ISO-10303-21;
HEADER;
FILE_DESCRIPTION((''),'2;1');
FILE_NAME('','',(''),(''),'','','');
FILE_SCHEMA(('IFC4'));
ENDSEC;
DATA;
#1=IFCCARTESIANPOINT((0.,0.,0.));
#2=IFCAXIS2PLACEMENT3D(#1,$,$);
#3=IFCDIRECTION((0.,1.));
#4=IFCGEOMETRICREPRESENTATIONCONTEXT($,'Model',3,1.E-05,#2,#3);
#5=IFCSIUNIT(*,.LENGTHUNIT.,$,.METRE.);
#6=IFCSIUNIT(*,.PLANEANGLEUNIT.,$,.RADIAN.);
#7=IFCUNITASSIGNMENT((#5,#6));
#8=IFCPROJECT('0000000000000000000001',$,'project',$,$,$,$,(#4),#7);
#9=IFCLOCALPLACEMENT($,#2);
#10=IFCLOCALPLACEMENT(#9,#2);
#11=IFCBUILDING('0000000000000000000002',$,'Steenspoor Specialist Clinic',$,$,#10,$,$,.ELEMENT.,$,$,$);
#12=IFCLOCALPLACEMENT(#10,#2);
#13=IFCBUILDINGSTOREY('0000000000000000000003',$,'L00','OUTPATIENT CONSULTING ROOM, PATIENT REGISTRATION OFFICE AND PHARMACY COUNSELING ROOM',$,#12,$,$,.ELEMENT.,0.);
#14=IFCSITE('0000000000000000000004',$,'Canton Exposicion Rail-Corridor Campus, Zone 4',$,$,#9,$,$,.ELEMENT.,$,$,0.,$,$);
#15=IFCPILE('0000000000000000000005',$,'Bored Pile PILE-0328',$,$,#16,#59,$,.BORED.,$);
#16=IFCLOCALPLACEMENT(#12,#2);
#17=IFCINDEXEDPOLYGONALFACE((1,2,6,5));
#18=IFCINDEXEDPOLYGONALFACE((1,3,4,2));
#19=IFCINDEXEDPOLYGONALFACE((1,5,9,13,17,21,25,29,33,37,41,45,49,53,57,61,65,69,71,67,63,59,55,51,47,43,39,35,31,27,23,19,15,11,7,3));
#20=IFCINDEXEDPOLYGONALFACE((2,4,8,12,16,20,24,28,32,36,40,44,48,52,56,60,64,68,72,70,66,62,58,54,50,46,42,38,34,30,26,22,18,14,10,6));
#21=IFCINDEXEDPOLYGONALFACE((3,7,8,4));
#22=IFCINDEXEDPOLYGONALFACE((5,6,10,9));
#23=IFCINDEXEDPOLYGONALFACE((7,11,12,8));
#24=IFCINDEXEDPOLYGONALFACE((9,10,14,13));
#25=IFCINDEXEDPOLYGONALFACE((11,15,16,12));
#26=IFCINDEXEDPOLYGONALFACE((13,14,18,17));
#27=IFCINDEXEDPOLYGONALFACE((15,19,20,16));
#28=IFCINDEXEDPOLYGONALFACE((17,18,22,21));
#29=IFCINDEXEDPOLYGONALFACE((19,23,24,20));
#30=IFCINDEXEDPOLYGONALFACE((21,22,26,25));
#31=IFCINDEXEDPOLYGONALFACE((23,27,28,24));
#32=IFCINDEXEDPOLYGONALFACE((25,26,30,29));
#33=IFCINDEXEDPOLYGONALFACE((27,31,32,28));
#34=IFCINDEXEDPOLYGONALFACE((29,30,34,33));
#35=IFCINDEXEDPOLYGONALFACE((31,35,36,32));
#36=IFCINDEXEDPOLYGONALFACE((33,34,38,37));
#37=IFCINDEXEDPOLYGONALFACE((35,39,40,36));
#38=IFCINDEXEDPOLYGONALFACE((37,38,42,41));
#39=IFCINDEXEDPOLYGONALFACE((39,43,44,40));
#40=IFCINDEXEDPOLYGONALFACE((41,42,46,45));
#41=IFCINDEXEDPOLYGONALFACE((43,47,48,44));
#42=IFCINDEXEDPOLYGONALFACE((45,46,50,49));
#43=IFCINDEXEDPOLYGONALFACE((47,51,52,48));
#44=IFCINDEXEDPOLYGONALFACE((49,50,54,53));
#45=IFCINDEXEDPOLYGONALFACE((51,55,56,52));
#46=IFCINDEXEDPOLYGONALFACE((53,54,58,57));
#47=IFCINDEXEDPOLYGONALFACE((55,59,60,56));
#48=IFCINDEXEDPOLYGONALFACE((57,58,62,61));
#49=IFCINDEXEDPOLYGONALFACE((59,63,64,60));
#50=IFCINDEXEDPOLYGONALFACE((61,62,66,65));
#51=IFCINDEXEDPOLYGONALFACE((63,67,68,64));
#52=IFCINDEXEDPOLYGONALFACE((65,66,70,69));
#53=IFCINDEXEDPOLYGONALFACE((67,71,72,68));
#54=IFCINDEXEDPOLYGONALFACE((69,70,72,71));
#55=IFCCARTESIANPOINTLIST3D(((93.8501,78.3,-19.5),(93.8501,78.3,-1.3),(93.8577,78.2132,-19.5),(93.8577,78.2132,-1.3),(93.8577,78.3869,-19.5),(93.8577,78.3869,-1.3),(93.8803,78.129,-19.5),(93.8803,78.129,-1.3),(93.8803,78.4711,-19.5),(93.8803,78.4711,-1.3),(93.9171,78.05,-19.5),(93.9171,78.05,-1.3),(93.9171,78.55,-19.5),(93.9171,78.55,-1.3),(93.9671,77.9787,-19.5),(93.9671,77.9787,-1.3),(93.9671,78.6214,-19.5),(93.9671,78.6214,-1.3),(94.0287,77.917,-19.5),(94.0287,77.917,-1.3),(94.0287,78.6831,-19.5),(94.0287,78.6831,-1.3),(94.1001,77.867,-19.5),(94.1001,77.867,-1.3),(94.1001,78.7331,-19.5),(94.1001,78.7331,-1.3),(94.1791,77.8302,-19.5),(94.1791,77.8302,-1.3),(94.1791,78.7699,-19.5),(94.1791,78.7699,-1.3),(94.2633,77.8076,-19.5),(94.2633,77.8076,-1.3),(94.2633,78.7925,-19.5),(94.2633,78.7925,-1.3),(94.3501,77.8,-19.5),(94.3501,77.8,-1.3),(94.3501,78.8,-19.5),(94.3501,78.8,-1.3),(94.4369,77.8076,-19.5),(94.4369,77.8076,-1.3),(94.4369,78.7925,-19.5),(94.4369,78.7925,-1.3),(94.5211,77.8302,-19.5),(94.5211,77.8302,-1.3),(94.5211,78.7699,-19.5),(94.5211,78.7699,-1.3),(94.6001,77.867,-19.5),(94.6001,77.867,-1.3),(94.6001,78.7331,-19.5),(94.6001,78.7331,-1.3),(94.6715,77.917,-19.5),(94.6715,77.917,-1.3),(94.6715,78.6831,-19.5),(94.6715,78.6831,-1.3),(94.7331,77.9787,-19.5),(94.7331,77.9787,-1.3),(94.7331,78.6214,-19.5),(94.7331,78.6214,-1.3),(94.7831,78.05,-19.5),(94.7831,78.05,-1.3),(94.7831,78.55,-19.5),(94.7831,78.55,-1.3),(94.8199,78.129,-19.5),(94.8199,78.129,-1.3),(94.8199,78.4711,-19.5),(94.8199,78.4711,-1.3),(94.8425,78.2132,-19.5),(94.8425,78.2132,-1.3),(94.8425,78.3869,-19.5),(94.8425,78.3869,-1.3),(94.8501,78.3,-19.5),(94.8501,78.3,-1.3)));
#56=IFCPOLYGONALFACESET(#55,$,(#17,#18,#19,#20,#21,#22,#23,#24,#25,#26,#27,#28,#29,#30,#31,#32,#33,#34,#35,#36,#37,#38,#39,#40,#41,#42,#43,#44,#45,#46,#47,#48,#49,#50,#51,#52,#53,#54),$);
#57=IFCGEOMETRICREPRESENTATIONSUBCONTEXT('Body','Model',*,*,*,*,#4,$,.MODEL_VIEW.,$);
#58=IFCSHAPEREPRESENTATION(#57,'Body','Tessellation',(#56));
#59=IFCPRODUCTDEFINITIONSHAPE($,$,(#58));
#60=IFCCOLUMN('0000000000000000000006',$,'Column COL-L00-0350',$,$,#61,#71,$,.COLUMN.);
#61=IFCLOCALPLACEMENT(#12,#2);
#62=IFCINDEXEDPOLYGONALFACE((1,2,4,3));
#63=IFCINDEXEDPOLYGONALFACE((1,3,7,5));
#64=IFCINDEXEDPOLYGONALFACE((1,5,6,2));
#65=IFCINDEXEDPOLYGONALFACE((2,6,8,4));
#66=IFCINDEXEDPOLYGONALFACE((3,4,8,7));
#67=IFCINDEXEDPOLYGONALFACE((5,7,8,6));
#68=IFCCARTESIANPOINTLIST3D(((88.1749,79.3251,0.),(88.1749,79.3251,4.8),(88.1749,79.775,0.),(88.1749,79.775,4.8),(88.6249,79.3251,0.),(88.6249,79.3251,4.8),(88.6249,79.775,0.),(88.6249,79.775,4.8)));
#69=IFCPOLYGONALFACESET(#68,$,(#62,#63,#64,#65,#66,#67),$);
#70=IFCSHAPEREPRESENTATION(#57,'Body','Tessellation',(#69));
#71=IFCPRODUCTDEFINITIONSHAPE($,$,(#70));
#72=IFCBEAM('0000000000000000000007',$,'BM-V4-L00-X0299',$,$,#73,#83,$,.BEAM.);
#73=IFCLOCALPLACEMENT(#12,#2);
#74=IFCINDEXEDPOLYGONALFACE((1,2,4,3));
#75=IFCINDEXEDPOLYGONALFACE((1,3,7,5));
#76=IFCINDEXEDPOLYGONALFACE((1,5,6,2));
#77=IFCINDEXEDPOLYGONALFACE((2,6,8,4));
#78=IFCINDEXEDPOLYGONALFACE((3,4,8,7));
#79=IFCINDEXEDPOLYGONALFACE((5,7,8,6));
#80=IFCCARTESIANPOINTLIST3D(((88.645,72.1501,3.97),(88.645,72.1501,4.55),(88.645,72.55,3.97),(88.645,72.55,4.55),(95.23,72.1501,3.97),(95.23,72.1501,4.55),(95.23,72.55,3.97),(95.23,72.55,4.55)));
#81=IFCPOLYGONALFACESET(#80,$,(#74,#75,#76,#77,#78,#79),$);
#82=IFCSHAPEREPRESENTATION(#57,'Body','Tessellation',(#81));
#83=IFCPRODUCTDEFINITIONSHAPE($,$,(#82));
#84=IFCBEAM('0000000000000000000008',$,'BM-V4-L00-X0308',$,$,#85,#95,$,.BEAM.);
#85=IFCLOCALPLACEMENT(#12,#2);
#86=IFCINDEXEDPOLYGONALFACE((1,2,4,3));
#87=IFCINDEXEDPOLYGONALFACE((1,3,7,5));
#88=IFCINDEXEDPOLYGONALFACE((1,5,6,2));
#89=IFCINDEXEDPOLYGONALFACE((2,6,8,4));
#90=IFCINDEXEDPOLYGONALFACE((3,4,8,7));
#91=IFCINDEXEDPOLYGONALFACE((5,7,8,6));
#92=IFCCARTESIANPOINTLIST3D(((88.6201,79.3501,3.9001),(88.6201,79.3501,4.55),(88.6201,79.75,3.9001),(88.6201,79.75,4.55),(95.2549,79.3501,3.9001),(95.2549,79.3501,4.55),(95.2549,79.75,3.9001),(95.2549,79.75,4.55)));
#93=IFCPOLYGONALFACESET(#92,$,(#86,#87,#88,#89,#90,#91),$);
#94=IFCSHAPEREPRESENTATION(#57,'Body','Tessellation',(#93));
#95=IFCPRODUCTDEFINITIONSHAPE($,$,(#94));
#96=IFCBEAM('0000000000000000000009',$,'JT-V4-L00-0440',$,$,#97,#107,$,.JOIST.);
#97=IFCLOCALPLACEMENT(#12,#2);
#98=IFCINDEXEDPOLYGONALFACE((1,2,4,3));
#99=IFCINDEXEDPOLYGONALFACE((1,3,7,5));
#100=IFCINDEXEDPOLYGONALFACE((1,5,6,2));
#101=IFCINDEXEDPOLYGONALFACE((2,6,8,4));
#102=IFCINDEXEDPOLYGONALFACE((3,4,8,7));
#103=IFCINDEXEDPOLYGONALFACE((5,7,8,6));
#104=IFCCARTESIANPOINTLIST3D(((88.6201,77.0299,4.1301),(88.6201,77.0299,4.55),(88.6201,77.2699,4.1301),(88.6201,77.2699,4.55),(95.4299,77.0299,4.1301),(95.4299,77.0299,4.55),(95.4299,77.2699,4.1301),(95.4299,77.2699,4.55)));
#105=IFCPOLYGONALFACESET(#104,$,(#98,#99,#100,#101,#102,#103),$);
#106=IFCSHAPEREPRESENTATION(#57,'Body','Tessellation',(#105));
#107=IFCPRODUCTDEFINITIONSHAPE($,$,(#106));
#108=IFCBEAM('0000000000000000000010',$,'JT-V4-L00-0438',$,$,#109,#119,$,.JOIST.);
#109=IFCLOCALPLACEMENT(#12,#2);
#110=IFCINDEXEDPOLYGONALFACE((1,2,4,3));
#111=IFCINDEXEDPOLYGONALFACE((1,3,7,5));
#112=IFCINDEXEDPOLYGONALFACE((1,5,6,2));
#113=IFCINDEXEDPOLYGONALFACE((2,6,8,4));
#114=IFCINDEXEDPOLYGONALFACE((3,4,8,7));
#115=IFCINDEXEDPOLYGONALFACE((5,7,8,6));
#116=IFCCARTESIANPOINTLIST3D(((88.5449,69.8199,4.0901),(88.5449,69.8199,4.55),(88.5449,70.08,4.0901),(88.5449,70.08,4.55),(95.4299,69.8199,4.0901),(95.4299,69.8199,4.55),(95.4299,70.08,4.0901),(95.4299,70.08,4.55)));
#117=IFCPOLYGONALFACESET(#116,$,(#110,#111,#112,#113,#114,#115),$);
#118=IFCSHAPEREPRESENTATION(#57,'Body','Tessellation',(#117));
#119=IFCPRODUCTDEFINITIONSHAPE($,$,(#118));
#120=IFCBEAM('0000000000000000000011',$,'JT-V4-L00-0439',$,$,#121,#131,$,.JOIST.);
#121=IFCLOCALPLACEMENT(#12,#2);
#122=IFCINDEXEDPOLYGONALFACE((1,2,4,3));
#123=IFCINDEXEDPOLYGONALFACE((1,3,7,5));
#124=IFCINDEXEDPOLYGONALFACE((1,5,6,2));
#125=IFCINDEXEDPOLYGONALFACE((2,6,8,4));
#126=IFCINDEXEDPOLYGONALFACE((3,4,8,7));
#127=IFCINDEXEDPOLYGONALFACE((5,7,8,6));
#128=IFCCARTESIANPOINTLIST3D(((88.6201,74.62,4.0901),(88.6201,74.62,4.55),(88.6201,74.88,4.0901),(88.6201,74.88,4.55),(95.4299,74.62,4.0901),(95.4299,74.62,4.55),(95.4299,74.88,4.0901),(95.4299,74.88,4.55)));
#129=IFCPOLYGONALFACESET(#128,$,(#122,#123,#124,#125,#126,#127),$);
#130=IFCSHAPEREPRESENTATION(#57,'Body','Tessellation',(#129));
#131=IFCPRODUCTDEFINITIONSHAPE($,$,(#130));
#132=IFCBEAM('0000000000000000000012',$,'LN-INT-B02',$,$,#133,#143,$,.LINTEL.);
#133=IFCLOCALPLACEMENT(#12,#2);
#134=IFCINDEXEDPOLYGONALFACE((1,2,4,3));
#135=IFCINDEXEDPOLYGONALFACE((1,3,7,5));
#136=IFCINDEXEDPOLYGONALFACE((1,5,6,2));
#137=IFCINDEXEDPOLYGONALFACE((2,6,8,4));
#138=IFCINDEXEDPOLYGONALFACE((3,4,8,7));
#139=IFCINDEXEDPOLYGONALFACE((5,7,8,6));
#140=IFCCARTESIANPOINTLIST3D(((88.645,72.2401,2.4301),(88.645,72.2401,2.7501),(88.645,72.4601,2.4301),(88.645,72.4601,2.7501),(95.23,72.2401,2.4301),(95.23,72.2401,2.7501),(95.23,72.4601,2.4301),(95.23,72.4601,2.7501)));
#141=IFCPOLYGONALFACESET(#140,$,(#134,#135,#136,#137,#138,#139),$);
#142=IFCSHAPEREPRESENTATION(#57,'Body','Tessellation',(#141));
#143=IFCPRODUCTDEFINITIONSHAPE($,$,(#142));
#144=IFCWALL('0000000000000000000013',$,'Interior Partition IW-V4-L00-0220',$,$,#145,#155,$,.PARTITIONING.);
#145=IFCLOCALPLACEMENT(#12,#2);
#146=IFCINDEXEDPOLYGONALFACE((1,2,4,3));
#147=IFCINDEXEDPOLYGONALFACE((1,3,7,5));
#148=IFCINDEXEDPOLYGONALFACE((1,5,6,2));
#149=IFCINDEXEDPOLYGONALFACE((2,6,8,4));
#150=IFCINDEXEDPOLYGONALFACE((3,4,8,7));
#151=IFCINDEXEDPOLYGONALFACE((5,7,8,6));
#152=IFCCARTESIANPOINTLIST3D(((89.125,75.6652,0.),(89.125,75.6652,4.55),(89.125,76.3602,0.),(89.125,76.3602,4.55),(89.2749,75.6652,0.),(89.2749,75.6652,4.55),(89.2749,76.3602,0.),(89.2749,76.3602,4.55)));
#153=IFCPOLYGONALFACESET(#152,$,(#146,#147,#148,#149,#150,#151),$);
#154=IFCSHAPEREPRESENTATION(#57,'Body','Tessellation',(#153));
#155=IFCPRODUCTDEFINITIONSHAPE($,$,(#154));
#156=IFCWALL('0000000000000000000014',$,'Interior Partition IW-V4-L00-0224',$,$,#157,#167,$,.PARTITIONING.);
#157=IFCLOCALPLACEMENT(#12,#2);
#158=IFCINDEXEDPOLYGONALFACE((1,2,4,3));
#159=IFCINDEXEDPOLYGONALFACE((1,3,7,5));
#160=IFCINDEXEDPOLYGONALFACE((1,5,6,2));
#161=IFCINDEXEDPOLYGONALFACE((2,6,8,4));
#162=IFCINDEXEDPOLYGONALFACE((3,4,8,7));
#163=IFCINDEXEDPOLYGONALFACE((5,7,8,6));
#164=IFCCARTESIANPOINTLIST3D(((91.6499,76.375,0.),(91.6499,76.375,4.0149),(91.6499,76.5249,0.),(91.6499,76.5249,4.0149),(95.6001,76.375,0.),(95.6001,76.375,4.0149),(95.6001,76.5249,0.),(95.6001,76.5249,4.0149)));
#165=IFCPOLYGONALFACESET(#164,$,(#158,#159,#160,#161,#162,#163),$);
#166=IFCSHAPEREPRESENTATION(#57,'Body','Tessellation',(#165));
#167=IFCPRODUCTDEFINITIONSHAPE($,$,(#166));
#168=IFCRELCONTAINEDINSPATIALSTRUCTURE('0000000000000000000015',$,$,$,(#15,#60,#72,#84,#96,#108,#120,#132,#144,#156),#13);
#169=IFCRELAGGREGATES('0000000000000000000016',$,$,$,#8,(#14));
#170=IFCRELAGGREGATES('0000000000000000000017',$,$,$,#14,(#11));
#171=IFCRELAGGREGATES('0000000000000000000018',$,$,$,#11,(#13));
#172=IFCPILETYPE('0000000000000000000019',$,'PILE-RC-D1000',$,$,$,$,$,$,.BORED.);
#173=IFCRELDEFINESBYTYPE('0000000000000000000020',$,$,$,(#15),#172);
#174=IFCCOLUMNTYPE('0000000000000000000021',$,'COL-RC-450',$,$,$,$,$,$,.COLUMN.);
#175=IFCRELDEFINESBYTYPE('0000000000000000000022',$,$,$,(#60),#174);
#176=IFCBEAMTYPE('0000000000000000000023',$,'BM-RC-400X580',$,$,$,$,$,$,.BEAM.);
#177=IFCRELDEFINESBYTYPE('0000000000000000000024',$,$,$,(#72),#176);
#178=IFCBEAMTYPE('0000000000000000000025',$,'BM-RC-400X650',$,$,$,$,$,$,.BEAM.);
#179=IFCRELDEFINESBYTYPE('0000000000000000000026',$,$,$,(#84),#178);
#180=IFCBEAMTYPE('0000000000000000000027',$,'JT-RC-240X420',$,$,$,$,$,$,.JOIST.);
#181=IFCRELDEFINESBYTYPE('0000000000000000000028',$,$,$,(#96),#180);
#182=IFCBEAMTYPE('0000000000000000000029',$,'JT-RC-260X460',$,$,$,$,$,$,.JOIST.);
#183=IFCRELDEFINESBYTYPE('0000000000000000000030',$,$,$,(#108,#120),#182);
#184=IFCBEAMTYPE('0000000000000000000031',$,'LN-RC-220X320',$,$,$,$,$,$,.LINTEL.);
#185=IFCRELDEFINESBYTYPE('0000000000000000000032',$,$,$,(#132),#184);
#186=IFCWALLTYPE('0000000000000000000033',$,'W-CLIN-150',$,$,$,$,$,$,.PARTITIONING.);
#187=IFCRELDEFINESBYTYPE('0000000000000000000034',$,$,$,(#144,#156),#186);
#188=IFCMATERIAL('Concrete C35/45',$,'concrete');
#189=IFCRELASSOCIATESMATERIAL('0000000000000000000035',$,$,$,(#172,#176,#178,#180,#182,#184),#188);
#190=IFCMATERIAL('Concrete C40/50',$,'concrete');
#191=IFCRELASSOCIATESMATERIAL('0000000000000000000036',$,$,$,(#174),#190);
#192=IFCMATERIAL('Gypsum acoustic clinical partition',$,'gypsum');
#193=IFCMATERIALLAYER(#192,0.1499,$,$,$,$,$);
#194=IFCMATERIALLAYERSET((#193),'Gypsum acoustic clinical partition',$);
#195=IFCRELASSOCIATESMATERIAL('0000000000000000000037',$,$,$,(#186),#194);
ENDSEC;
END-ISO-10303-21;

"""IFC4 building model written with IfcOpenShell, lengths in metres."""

from ifc_helpers import new_model, si_unit, direction, frame, frame_2d, origin, origin_2d, place, context, subcontext, project, spatial, rectangle, circle, extrude, material, layer, layer_set, material_profile, profile_set, type_object, element, save


model = new_model("IFC4")

# Units and contexts
model_context = context("Model", 3, precision=1e-05, world=origin(), true_north=direction((0.0, 1.0)))
body_context = subcontext(model_context, "Body", "Model", "MODEL_VIEW")
ifc_project = project(units=[si_unit("LENGTHUNIT", "METRE"), si_unit("PLANEANGLEUNIT", "RADIAN")], contexts=[model_context])

# Site, building, storey
site_placement = place(None, origin())
site = spatial("IfcSite", under=ifc_project, at=site_placement, Name="Canton Exposicion Rail-Corridor Campus, Zone 4", CompositionType="ELEMENT", RefElevation=0.0)
building_placement = place(site_placement, origin())
building = spatial("IfcBuilding", under=site, at=building_placement, Name="Steenspoor Specialist Clinic", CompositionType="ELEMENT")
storey_placement = place(building_placement, origin())
storey = spatial("IfcBuildingStorey", under=building, at=storey_placement, Name="L00", Description="OUTPATIENT CONSULTING ROOM, PATIENT REGISTRATION OFFICE AND PHARMACY COUNSELING ROOM", CompositionType="ELEMENT", Elevation=0.0)

# Shared definitions
ifc_material_1 = material(Name="Concrete C35/45", Category="concrete")

# Pile
ifc_material_profile_1 = material_profile(ifc_material_1, circle(Radius=0.5, at=origin_2d()), Name="PILE-D1000")
ifc_profile_set_1 = profile_set([ifc_material_profile_1], Name="Concrete C35/45")
pile_type = type_object("IfcPileType", Name="PILE-RC-D1000", PredefinedType="BORED", material=ifc_profile_set_1)
pile_1_placement = place(storey_placement, frame((94.3501, 78.3, -1.3), z_axis=(0.0, 0.0, -1.0), x_axis=(1.0, 0.0, 0.0)))
element("IfcPile", 1, at=pile_1_placement, inside=storey, type_object=pile_type, Name="Bored Pile PILE-0328", PredefinedType="BORED", context=body_context, shape_type="SweptSolid", body=[
    extrude(circle(Radius=0.5, at=origin_2d()), origin(), (0.0, 0.0, 1.0), 18.2),
])

# Column
ifc_material_2 = material(Name="Concrete C40/50", Category="concrete")
ifc_material_profile_2 = material_profile(ifc_material_2, rectangle(XDim=0.45, YDim=0.45, at=origin_2d()), Name="RC-COL-450X450")
ifc_profile_set_2 = profile_set([ifc_material_profile_2], Name="Concrete C40/50")
column_type = type_object("IfcColumnType", Name="COL-RC-450", PredefinedType="COLUMN", material=ifc_profile_set_2)
column_placement = place(storey_placement, frame((88.3999, 79.55, 0.0), z_axis=(0.0, 0.0, 1.0), x_axis=(1.0, 0.0, 0.0)))
element("IfcColumn", 2, at=column_placement, inside=storey, type_object=column_type, Name="Column COL-L00-0350", PredefinedType="COLUMN", context=body_context, shape_type="SweptSolid", body=[
    extrude(rectangle(XDim=0.45, YDim=0.45, at=origin_2d()), origin(), (0.0, 0.0, 1.0), 4.8),
])

# Beams
ifc_material_profile_3 = material_profile(ifc_material_1, rectangle(XDim=0.3999, YDim=0.5801, at=origin_2d()), Name="RC-BM-400X580")
ifc_profile_set_3 = profile_set([ifc_material_profile_3], Name="Concrete C35/45")
beam_type_1 = type_object("IfcBeamType", Name="BM-RC-400X580", PredefinedType="BEAM", material=ifc_profile_set_3)
beam_1_placement = place(storey_placement, frame((88.645, 72.3501, 4.26), z_axis=(1.0, 0.0, 0.0), x_axis=(0.0, 1.0, 0.0)))
element("IfcBeam", 3, at=beam_1_placement, inside=storey, type_object=beam_type_1, Name="BM-V4-L00-X0299", PredefinedType="BEAM", context=body_context, shape_type="SweptSolid", body=[
    extrude(rectangle(XDim=0.3999, YDim=0.5801, at=origin_2d()), origin(), (0.0, 0.0, 1.0), 6.585),
])
ifc_material_profile_4 = material_profile(ifc_material_1, rectangle(XDim=0.3999, YDim=0.6499, at=origin_2d()), Name="RC-BM-400X650")
ifc_profile_set_4 = profile_set([ifc_material_profile_4], Name="Concrete C35/45")
beam_type_2 = type_object("IfcBeamType", Name="BM-RC-400X650", PredefinedType="BEAM", material=ifc_profile_set_4)
beam_2_placement = place(storey_placement, frame((88.6201, 79.55, 4.2251), z_axis=(1.0, 0.0, 0.0), x_axis=(0.0, 1.0, 0.0)))
element("IfcBeam", 4, at=beam_2_placement, inside=storey, type_object=beam_type_2, Name="BM-V4-L00-X0308", PredefinedType="BEAM", context=body_context, shape_type="SweptSolid", body=[
    extrude(rectangle(XDim=0.3999, YDim=0.6499, at=origin_2d()), origin(), (0.0, 0.0, 1.0), 6.6348),
])
ifc_material_profile_5 = material_profile(ifc_material_1, rectangle(XDim=0.24, YDim=0.4199, at=origin_2d()), Name="RC-JT-240X420")
ifc_profile_set_5 = profile_set([ifc_material_profile_5], Name="Concrete C35/45")
beam_type_3 = type_object("IfcBeamType", Name="JT-RC-240X420", PredefinedType="JOIST", material=ifc_profile_set_5)
beam_3_placement = place(storey_placement, frame((88.6201, 77.1499, 4.3401), z_axis=(1.0, 0.0, 0.0), x_axis=(0.0, 1.0, 0.0)))
element("IfcBeam", 5, at=beam_3_placement, inside=storey, type_object=beam_type_3, Name="JT-V4-L00-0440", PredefinedType="JOIST", context=body_context, shape_type="SweptSolid", body=[
    extrude(rectangle(XDim=0.24, YDim=0.4199, at=origin_2d()), origin(), (0.0, 0.0, 1.0), 6.8098),
])
ifc_material_profile_6 = material_profile(ifc_material_1, rectangle(XDim=0.26, YDim=0.46, at=origin_2d()), Name="RC-JT-260X460")
ifc_profile_set_6 = profile_set([ifc_material_profile_6], Name="Concrete C35/45")
beam_type_4 = type_object("IfcBeamType", Name="JT-RC-260X460", PredefinedType="JOIST", material=ifc_profile_set_6)
beam_4_placement = place(storey_placement, frame((88.5449, 69.95, 4.3201), z_axis=(1.0, 0.0, 0.0), x_axis=(0.0, 1.0, 0.0)))
element("IfcBeam", 6, at=beam_4_placement, inside=storey, type_object=beam_type_4, Name="JT-V4-L00-0438", PredefinedType="JOIST", context=body_context, shape_type="SweptSolid", body=[
    extrude(rectangle(XDim=0.26, YDim=0.46, at=origin_2d()), origin(), (0.0, 0.0, 1.0), 6.885),
])
beam_5_placement = place(storey_placement, frame((88.6201, 74.75, 4.3201), z_axis=(1.0, 0.0, 0.0), x_axis=(0.0, 1.0, 0.0)))
element("IfcBeam", 7, at=beam_5_placement, inside=storey, type_object=beam_type_4, Name="JT-V4-L00-0439", PredefinedType="JOIST", context=body_context, shape_type="SweptSolid", body=[
    extrude(rectangle(XDim=0.26, YDim=0.46, at=origin_2d()), origin(), (0.0, 0.0, 1.0), 6.8098),
])
ifc_material_profile_7 = material_profile(ifc_material_1, rectangle(XDim=0.22, YDim=0.3201, at=origin_2d()), Name="RC-LN-220X320")
ifc_profile_set_7 = profile_set([ifc_material_profile_7], Name="Concrete C35/45")
beam_type_5 = type_object("IfcBeamType", Name="LN-RC-220X320", PredefinedType="LINTEL", material=ifc_profile_set_7)
beam_6_placement = place(storey_placement, frame((88.645, 72.3501, 2.5901), z_axis=(1.0, 0.0, 0.0), x_axis=(0.0, 1.0, 0.0)))
element("IfcBeam", 8, at=beam_6_placement, inside=storey, type_object=beam_type_5, Name="LN-INT-B02", PredefinedType="LINTEL", context=body_context, shape_type="SweptSolid", body=[
    extrude(rectangle(XDim=0.22, YDim=0.3201, at=origin_2d()), origin(), (0.0, 0.0, 1.0), 6.585),
])

# Walls
ifc_material_3 = material(Name="Gypsum acoustic clinical partition", Category="gypsum")
ifc_layer_1 = layer(ifc_material_3, 0.1499)
ifc_layer_set_1 = layer_set([ifc_layer_1], Name="Gypsum acoustic clinical partition")
wall_type_1 = type_object("IfcWallType", Name="W-CLIN-150", PredefinedType="PARTITIONING", material=ifc_layer_set_1)
wall_1_placement = place(storey_placement, frame((89.2, 75.665, 0.0), z_axis=(0.0, 0.0, 1.0), x_axis=(0.0, 1.0, 0.0)))
element("IfcWall", 9, at=wall_1_placement, inside=storey, type_object=wall_type_1, Name="Interior Partition IW-V4-L00-0220", PredefinedType="PARTITIONING", context=body_context, shape_type="SweptSolid", body=[
    extrude(rectangle(XDim=0.6951, YDim=0.1499, at=frame_2d((0.3477, 0.0))), origin(), (0.0, 0.0, 1.0), 4.55),
])
wall_2_placement = place(storey_placement, frame((91.6499, 76.45, 0.0), z_axis=(0.0, 0.0, 1.0), x_axis=(1.0, 0.0, 0.0)))
element("IfcWall", 10, at=wall_2_placement, inside=storey, type_object=wall_type_1, Name="Interior Partition IW-V4-L00-0224", PredefinedType="PARTITIONING", context=body_context, shape_type="SweptSolid", body=[
    extrude(rectangle(XDim=3.9502, YDim=0.1499, at=frame_2d((1.9751, 0.0))), origin(), (0.0, 0.0, 1.0), 4.0149),
])

save(model, "model.ifc")
